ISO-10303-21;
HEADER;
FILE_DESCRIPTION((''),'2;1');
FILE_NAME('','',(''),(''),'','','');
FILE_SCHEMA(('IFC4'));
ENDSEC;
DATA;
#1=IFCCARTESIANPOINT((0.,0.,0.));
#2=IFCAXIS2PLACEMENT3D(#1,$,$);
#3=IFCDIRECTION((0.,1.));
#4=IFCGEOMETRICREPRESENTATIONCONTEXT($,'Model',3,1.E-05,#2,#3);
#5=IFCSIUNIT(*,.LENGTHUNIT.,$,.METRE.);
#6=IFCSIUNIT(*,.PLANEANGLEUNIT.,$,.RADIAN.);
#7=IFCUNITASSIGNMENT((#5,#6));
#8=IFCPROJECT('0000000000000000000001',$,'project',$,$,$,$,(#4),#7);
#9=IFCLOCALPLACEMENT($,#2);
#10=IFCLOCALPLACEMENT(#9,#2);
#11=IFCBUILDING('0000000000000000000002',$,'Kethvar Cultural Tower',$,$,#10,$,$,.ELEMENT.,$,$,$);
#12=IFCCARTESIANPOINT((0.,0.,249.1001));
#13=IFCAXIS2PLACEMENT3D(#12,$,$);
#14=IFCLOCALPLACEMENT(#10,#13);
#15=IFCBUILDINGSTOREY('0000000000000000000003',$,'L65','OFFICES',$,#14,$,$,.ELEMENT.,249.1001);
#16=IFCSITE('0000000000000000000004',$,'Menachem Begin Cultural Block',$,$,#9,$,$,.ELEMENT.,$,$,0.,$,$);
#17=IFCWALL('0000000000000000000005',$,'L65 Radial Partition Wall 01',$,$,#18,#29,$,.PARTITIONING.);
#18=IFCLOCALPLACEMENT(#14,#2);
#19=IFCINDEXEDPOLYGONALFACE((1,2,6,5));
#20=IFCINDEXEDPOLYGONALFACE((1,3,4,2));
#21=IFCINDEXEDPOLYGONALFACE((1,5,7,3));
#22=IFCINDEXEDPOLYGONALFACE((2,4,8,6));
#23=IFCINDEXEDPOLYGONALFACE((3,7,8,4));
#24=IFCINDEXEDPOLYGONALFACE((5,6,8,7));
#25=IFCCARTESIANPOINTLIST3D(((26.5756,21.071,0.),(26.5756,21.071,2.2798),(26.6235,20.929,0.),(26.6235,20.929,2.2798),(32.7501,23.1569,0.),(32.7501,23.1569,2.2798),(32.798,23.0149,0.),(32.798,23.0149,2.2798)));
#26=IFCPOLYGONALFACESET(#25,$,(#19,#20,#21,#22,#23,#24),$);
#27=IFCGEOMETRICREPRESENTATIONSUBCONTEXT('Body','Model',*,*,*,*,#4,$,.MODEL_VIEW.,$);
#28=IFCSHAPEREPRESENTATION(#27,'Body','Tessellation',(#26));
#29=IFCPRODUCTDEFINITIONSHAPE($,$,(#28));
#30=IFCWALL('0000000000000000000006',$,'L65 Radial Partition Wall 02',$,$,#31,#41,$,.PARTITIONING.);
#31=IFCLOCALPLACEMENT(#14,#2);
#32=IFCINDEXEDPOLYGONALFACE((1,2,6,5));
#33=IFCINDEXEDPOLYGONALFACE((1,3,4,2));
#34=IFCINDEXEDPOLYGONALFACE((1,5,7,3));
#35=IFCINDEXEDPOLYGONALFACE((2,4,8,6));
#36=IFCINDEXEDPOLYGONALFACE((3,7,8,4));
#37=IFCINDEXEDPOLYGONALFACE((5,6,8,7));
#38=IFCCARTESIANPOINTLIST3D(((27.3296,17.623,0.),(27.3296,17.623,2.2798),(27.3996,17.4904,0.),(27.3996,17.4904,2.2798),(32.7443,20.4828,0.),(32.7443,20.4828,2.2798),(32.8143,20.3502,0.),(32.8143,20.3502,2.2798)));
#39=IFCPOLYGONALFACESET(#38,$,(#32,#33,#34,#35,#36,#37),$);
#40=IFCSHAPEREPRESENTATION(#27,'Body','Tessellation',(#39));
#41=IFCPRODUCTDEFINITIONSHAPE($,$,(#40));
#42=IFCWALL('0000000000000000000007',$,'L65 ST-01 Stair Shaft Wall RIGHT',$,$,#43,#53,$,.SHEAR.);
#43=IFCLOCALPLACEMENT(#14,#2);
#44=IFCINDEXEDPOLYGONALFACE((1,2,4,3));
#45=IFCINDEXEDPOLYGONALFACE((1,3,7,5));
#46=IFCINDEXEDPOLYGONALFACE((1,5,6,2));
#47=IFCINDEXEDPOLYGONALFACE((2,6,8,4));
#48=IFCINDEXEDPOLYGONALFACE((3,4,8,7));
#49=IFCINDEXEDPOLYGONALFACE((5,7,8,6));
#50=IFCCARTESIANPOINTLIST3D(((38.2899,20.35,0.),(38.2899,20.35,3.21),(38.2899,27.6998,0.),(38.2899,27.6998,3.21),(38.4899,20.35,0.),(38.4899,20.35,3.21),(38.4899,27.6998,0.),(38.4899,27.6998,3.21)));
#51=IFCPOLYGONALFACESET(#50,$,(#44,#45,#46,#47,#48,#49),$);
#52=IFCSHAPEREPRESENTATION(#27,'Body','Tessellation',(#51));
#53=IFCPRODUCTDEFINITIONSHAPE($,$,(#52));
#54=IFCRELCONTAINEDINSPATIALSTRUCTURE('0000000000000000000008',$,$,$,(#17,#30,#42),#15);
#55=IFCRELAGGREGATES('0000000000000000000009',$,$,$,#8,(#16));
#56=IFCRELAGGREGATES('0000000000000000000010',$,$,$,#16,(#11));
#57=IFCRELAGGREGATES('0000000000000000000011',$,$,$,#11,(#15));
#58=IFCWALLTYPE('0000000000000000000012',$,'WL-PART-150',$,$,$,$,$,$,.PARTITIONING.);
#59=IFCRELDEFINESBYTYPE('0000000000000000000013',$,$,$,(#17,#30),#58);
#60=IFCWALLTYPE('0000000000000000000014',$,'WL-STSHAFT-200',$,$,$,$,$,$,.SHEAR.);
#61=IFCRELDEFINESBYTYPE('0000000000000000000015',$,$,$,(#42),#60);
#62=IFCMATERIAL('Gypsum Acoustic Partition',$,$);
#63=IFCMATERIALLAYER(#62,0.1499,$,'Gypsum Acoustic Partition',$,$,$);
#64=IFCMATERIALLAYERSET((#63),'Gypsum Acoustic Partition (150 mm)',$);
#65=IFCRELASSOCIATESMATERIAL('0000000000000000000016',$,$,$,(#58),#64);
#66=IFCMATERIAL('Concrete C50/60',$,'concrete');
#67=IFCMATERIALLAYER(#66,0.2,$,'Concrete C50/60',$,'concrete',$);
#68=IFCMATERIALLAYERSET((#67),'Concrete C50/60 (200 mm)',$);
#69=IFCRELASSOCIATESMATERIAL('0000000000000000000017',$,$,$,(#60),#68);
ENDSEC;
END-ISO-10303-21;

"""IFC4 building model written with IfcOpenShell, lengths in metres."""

from ifc_helpers import new_model, si_unit, direction, frame, frame_2d, origin, place, context, subcontext, project, spatial, rectangle, extrude, material, layer, layer_set, type_object, element, save


model = new_model("IFC4")

# Units and contexts
model_context = context("Model", 3, precision=1e-05, world=origin(), true_north=direction((0.0, 1.0)))
body_context = subcontext(model_context, "Body", "Model", "MODEL_VIEW")
ifc_project = project(units=[si_unit("LENGTHUNIT", "METRE"), si_unit("PLANEANGLEUNIT", "RADIAN")], contexts=[model_context])

# Site, building, storey
site_placement = place(None, origin())
site = spatial("IfcSite", under=ifc_project, at=site_placement, Name="Menachem Begin Cultural Block", CompositionType="ELEMENT", RefElevation=0.0)
building_placement = place(site_placement, origin())
building = spatial("IfcBuilding", under=site, at=building_placement, Name="Kethvar Cultural Tower", CompositionType="ELEMENT")
storey_placement = place(building_placement, frame((0.0, 0.0, 249.1001)))
storey = spatial("IfcBuildingStorey", under=building, at=storey_placement, Name="L65", Description="OFFICES", CompositionType="ELEMENT", Elevation=249.1001)

# Shared definitions
ifc_material_1 = material(Name="Concrete C50/60", Category="concrete")

# Walls
ifc_material_2 = material(Name="Gypsum Acoustic Partition")
ifc_layer_1 = layer(ifc_material_2, 0.1499, Name="Gypsum Acoustic Partition")
ifc_layer_set_1 = layer_set([ifc_layer_1], Name="Gypsum Acoustic Partition (150 mm)")
wall_type_1 = type_object("IfcWallType", Name="WL-PART-150", PredefinedType="PARTITIONING", material=ifc_layer_set_1)
wall_1_placement = place(storey_placement, frame((32.7742, 23.0859, 0.0), z_axis=(0.0, 0.0, 1.0), x_axis=(-0.947398, -0.320057, 0.0)))
element("IfcWall", 1, at=wall_1_placement, inside=storey, type_object=wall_type_1, Name="L65 Radial Partition Wall 01", PredefinedType="PARTITIONING", context=body_context, shape_type="SweptSolid", body=[
    extrude(rectangle(XDim=6.5173, YDim=0.1499, at=frame_2d((3.2588, 0.0))), origin(), (0.0, 0.0, 1.0), 2.2798),
])
wall_2_placement = place(storey_placement, frame((32.7793, 20.4165, 0.0), z_axis=(0.0, 0.0, 1.0), x_axis=(-0.884246, -0.467021, 0.0)))
element("IfcWall", 2, at=wall_2_placement, inside=storey, type_object=wall_type_1, Name="L65 Radial Partition Wall 02", PredefinedType="PARTITIONING", context=body_context, shape_type="SweptSolid", body=[
    extrude(rectangle(XDim=6.1235, YDim=0.1499, at=frame_2d((3.0618, 0.0))), origin(), (0.0, 0.0, 1.0), 2.2798),
])
ifc_layer_2 = layer(ifc_material_1, 0.2, Name="Concrete C50/60", Category="concrete")
ifc_layer_set_2 = layer_set([ifc_layer_2], Name="Concrete C50/60 (200 mm)")
wall_type_2 = type_object("IfcWallType", Name="WL-STSHAFT-200", PredefinedType="SHEAR", material=ifc_layer_set_2)
wall_3_placement = place(storey_placement, frame((38.3899, 20.3501, 0.0), z_axis=(0.0, 0.0, 1.0), x_axis=(0.0, 1.0, 0.0)))
element("IfcWall", 3, at=wall_3_placement, inside=storey, type_object=wall_type_2, Name="L65 ST-01 Stair Shaft Wall RIGHT", PredefinedType="SHEAR", context=body_context, shape_type="SweptSolid", body=[
    extrude(rectangle(XDim=7.3499, YDim=0.2, at=frame_2d((3.6748, 0.0))), origin(), (0.0, 0.0, 1.0), 3.21),
])

save(model, "model.ifc")
